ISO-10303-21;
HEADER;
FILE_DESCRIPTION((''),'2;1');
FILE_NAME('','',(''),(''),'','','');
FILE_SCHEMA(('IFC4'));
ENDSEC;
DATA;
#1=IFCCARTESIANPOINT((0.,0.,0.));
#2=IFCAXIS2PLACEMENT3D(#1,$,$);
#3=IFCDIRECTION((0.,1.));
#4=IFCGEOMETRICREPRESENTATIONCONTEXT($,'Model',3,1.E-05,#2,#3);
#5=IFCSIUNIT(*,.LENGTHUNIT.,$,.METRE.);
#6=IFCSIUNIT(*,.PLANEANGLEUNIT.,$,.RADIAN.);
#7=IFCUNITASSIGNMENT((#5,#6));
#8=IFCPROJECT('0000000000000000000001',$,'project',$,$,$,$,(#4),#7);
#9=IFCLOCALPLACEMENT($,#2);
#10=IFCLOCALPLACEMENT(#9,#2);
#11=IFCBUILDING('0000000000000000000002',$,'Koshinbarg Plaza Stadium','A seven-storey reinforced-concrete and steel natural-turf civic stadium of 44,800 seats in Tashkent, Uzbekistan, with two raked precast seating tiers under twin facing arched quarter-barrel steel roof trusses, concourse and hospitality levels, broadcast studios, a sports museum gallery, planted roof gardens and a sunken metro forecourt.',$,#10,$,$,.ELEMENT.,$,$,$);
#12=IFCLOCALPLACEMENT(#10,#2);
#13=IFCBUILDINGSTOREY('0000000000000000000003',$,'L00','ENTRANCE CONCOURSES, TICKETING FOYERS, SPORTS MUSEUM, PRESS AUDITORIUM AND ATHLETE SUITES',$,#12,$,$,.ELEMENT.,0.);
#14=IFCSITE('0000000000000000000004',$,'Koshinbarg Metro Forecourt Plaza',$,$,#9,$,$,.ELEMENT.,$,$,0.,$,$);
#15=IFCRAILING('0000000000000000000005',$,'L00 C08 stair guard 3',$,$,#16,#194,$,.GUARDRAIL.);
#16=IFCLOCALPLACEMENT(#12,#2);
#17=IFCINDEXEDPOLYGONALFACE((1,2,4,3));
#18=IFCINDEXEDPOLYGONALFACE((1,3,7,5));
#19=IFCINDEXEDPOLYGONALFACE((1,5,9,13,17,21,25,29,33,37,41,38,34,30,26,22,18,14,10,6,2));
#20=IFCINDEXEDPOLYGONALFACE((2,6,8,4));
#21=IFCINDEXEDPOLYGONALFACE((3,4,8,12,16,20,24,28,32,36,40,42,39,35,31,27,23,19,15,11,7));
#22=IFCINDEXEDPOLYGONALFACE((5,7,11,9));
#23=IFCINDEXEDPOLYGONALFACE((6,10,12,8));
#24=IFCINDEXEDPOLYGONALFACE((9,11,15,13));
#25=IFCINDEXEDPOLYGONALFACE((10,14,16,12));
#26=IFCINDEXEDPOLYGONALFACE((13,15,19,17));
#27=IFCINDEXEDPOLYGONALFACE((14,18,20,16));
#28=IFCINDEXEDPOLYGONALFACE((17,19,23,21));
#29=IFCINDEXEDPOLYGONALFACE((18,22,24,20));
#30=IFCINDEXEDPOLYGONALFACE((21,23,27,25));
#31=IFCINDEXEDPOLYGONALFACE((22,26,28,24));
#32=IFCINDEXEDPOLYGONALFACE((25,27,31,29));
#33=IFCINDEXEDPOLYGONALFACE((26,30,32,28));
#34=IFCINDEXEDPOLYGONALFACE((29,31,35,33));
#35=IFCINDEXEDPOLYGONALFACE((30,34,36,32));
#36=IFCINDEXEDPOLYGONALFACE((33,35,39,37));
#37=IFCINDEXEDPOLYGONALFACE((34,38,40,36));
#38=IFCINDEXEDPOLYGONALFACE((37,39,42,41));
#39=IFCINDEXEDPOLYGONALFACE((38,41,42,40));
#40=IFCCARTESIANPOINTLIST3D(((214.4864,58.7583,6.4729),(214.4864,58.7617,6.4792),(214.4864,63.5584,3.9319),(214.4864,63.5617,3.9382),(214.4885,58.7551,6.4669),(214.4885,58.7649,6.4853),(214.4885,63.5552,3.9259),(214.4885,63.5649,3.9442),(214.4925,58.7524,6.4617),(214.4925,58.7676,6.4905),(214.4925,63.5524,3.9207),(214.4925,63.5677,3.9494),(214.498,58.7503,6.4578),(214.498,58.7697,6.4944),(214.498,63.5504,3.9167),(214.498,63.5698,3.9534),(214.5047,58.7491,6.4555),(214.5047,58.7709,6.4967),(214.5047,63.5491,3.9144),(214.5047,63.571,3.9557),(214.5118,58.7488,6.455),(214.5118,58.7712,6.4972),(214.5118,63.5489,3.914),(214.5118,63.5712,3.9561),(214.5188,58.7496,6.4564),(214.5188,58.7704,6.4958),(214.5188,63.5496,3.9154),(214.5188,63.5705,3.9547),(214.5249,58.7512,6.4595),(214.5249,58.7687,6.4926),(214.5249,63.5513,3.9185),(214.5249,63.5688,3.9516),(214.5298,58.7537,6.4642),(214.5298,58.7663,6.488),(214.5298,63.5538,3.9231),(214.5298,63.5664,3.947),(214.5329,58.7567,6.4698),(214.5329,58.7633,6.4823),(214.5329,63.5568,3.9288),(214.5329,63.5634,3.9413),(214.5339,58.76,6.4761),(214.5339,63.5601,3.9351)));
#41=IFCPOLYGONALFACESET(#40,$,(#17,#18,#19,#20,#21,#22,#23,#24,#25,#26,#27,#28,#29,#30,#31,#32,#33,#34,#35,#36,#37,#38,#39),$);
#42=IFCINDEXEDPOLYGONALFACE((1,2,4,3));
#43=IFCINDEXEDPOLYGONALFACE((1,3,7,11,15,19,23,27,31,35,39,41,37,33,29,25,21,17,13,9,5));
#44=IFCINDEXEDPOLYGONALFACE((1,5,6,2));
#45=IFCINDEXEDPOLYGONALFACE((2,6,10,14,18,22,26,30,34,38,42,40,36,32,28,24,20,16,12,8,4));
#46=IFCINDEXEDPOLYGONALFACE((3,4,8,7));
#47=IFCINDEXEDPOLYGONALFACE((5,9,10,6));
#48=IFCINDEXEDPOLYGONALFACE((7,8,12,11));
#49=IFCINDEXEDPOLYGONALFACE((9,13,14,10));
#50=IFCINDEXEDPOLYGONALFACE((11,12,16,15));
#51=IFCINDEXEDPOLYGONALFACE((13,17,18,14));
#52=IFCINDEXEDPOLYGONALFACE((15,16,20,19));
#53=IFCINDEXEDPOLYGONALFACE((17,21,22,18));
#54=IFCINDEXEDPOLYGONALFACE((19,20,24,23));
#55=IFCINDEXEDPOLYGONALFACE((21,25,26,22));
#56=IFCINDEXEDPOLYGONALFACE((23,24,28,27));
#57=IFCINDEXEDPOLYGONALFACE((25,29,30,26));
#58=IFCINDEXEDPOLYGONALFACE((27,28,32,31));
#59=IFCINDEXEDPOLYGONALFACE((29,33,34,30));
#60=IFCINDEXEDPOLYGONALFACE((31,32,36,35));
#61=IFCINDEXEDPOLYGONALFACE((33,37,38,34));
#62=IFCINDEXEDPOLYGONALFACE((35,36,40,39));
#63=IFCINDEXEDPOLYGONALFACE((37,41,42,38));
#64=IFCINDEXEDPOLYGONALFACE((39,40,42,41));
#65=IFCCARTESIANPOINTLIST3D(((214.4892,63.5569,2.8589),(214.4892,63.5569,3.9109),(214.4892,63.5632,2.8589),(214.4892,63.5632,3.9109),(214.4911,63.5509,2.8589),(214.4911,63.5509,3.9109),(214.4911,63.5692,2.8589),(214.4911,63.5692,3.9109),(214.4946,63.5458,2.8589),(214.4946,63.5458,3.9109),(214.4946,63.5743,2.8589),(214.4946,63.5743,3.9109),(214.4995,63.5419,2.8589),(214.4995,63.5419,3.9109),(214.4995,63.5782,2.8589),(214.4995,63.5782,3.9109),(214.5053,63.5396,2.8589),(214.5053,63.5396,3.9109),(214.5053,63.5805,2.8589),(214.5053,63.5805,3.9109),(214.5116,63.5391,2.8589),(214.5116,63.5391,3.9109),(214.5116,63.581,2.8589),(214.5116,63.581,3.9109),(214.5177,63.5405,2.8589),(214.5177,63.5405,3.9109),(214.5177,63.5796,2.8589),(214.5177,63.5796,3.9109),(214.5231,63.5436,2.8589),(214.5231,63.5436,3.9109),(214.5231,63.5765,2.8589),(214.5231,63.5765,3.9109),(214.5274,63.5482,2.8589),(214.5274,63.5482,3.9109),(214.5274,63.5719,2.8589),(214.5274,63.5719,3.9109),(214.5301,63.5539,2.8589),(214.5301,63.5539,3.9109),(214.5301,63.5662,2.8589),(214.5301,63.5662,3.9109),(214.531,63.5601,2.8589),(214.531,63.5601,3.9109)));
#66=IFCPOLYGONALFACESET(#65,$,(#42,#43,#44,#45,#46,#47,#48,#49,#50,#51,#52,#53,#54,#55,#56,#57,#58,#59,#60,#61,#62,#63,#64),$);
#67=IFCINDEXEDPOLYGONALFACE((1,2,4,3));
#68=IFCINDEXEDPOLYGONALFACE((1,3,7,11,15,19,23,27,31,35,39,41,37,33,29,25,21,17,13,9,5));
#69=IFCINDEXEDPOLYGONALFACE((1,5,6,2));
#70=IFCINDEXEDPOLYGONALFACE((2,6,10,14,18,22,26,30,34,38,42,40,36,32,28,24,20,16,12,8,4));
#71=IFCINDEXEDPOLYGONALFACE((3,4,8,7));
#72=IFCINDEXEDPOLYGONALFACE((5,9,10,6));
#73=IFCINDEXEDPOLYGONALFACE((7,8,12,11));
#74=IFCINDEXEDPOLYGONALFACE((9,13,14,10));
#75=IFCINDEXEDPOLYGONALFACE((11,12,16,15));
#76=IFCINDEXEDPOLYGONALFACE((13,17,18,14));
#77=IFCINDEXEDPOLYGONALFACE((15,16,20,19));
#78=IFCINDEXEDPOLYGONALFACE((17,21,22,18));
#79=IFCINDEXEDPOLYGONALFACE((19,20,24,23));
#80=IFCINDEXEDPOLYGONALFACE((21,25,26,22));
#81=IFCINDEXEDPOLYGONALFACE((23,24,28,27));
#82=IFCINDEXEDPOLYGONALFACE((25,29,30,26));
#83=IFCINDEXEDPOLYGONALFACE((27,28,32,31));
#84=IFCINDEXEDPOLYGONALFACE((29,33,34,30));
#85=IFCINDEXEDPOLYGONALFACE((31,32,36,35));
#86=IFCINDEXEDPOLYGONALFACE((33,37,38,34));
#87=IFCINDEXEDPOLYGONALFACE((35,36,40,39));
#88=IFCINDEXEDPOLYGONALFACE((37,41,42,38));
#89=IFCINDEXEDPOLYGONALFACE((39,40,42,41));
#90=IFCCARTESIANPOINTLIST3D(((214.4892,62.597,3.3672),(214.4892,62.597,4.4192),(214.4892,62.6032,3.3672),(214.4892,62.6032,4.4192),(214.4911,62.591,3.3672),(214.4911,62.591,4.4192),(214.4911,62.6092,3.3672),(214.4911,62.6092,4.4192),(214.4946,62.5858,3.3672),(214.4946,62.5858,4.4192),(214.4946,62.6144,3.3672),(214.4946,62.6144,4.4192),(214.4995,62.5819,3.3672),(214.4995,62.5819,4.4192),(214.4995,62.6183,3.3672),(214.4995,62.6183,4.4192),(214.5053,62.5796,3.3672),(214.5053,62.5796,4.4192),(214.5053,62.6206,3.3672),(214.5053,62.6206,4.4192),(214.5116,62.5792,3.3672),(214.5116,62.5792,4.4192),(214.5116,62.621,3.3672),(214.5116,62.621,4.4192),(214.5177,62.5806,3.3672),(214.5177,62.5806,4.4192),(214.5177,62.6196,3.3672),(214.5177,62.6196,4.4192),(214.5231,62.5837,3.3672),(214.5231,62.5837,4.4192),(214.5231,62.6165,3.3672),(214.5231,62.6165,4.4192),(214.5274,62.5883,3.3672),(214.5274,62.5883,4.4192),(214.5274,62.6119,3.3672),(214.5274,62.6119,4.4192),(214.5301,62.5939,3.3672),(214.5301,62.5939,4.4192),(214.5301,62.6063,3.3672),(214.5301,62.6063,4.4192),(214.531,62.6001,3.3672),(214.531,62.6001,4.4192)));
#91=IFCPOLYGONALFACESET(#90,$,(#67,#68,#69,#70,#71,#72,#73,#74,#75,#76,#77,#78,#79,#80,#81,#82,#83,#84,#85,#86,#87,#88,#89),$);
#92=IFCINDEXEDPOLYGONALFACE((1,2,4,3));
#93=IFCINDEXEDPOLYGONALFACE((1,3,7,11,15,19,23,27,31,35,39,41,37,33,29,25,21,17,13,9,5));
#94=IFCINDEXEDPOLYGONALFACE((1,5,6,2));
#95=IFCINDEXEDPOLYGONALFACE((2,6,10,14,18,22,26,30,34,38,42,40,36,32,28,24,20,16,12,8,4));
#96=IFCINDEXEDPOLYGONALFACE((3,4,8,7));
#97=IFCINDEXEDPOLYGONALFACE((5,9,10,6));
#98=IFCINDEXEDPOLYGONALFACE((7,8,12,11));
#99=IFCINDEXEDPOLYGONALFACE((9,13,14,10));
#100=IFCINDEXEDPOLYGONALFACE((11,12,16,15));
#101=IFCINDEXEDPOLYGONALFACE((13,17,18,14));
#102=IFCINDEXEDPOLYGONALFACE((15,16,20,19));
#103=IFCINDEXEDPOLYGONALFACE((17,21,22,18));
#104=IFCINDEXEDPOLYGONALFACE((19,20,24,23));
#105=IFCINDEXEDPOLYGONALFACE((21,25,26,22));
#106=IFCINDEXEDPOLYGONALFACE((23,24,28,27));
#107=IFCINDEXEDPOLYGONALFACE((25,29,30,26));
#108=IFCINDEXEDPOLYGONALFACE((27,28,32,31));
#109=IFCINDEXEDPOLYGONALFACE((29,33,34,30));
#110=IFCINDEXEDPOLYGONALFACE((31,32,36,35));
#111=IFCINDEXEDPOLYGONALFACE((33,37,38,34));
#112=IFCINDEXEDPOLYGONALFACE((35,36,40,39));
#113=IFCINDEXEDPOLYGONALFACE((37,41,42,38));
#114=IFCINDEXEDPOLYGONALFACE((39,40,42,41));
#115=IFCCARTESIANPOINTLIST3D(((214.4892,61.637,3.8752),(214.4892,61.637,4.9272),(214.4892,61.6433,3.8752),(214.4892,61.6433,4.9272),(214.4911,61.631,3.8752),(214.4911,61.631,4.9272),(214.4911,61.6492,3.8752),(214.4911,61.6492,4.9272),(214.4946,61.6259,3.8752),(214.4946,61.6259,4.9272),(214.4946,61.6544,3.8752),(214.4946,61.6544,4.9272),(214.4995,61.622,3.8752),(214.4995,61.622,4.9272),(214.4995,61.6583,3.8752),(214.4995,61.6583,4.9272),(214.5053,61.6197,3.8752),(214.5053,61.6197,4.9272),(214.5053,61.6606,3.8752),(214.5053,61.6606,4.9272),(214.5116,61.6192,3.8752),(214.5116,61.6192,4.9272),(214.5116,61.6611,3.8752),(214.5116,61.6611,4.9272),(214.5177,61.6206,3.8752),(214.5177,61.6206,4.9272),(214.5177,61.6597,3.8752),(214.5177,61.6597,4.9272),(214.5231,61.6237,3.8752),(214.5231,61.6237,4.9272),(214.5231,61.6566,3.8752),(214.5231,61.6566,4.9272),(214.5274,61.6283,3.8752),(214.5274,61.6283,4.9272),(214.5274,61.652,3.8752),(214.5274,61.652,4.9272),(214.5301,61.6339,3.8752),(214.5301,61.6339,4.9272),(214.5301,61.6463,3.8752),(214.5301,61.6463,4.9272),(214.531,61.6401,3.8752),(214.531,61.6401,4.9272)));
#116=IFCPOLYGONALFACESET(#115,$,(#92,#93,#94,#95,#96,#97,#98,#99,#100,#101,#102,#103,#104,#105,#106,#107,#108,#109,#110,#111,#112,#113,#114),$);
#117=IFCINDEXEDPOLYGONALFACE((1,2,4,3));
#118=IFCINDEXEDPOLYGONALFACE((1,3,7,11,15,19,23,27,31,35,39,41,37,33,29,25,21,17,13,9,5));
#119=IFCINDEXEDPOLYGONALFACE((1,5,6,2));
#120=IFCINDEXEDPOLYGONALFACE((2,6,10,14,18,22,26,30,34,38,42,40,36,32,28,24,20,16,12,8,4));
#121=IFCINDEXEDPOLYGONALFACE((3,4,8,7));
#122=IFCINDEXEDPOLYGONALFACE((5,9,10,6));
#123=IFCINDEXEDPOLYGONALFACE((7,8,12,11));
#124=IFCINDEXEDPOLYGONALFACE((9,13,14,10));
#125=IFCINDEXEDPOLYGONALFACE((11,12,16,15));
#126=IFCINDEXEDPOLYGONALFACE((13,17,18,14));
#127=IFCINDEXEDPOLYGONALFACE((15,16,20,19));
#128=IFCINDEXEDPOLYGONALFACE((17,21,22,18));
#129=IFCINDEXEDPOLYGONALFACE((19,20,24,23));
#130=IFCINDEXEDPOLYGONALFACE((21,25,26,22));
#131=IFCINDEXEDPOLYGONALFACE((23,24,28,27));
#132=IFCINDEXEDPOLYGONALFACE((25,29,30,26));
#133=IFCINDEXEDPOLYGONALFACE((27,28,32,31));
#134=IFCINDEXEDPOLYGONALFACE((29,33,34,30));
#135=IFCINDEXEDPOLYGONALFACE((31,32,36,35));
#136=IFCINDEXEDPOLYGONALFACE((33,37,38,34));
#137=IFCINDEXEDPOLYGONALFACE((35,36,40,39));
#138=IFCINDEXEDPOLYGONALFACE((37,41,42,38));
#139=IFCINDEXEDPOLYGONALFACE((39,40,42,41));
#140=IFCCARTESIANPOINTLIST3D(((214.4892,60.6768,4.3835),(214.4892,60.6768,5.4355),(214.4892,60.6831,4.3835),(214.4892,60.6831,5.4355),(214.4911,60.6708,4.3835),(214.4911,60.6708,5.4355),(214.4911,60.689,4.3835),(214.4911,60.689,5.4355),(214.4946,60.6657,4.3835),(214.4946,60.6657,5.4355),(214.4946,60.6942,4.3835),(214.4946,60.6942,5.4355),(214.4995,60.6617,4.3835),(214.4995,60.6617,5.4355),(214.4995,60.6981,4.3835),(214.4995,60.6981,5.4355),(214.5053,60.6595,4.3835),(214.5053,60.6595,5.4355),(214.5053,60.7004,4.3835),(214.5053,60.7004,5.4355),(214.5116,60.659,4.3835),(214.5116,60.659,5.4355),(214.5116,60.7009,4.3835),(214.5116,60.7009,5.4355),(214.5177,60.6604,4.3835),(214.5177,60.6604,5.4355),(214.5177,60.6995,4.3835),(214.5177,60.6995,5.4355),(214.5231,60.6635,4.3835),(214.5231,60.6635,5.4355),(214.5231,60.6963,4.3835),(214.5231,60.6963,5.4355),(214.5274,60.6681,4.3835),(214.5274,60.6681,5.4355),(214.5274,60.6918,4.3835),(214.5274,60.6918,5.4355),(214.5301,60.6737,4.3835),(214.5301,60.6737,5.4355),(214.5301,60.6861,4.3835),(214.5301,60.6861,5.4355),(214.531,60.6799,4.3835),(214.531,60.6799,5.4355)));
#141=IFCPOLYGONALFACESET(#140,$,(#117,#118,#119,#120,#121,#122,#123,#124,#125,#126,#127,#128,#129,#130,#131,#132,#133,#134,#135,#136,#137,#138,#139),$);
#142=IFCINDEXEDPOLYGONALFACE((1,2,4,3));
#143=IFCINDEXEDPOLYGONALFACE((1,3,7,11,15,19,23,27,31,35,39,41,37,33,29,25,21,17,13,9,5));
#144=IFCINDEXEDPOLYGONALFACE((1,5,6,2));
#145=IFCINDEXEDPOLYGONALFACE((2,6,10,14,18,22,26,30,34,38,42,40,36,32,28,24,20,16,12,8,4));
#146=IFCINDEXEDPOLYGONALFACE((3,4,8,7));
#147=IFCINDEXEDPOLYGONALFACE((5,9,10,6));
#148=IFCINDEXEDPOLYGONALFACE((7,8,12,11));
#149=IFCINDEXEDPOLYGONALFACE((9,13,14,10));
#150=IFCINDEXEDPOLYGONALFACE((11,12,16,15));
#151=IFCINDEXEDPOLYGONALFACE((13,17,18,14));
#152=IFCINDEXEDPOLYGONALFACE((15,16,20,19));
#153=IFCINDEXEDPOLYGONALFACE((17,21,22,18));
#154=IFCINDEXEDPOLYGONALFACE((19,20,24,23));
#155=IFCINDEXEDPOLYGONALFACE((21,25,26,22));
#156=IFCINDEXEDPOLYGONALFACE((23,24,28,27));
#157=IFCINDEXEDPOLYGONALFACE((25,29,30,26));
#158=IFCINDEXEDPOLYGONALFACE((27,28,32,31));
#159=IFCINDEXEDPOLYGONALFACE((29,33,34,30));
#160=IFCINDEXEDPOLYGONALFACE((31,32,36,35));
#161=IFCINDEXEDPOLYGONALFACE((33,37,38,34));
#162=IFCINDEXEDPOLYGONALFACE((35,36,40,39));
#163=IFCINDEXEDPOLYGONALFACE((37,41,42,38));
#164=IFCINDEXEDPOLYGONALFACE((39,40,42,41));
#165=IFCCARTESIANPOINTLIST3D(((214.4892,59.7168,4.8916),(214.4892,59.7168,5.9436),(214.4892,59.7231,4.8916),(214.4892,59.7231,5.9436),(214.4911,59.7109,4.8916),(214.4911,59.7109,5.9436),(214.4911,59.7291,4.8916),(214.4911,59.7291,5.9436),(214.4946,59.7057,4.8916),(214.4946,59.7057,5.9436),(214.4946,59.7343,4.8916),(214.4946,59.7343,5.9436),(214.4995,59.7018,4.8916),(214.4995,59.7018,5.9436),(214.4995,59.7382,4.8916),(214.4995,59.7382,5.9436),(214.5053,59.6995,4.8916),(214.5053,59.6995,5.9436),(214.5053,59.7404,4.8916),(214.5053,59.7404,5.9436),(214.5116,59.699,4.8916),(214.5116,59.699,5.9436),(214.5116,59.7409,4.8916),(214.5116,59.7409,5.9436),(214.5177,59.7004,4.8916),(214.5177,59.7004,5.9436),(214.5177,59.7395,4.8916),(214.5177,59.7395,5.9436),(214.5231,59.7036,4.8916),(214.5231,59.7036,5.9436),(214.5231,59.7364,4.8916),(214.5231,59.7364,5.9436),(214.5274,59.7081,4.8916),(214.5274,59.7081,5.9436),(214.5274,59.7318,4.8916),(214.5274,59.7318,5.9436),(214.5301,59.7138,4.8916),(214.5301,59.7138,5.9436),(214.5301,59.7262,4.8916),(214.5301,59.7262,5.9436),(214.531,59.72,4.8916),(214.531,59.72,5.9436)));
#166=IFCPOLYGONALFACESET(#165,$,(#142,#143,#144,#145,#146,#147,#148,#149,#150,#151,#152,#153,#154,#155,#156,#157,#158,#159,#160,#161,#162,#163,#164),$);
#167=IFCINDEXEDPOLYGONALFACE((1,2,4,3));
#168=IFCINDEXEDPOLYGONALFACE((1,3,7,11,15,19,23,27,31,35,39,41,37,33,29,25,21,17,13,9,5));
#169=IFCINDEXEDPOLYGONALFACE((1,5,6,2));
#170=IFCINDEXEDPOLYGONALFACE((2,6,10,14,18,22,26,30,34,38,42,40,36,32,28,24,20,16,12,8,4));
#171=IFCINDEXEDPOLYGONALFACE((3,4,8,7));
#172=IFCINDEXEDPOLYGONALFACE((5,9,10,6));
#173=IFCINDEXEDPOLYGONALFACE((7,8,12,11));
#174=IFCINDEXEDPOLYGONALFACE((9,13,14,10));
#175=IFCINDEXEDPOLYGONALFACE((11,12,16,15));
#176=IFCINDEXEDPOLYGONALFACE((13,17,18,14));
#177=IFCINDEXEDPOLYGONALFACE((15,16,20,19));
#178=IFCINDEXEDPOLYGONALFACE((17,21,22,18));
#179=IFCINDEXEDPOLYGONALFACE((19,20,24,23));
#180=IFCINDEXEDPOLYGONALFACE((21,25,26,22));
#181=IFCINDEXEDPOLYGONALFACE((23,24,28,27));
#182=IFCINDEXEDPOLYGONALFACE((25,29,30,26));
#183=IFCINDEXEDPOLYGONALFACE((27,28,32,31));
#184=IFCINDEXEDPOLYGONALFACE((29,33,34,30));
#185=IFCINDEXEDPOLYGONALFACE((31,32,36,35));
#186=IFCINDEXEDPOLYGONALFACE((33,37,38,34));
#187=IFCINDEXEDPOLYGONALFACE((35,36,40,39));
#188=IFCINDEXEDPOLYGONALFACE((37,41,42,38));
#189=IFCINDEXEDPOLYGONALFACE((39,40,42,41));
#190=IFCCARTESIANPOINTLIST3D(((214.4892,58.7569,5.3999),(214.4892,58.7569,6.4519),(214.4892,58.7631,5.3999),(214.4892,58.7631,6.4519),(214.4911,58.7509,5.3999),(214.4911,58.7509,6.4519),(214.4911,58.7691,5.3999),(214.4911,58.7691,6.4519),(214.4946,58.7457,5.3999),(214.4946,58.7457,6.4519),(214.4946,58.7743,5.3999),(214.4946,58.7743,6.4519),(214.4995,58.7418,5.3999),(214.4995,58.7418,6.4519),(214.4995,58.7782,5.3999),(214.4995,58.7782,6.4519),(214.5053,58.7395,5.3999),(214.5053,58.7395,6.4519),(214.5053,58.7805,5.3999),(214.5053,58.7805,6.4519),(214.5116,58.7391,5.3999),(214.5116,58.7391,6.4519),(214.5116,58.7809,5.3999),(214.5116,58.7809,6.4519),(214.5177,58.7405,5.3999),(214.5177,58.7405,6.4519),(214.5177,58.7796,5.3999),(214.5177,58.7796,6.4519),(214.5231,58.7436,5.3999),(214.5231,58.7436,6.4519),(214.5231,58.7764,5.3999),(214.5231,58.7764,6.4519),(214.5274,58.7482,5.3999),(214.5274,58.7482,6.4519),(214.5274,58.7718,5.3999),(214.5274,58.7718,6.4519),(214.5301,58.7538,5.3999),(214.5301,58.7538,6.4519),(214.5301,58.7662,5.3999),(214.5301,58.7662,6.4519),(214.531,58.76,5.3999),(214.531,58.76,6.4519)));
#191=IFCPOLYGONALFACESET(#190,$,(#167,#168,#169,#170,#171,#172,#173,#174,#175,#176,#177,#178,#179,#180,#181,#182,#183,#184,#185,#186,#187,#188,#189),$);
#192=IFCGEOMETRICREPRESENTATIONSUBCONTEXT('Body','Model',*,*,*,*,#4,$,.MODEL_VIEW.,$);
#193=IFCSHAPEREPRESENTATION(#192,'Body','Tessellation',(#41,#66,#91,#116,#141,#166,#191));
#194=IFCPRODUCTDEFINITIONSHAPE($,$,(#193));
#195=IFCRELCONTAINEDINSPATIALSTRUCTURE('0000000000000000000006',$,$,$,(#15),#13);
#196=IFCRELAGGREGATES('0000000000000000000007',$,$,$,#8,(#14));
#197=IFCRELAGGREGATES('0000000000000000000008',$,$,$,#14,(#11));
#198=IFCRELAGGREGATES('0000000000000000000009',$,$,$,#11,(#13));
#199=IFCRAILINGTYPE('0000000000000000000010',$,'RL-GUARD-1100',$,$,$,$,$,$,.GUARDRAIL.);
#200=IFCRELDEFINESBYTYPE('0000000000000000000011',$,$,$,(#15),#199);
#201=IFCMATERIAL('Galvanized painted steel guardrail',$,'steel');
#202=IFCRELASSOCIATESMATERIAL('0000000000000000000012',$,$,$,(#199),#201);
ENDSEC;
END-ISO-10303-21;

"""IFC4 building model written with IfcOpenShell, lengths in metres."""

from ifc_helpers import new_model, si_unit, direction, frame, origin, origin_2d, place, context, subcontext, project, spatial, circle, extrude, material, type_object, element, save


model = new_model("IFC4")

# Units and contexts
model_context = context("Model", 3, precision=1e-05, world=origin(), true_north=direction((0.0, 1.0)))
body_context = subcontext(model_context, "Body", "Model", "MODEL_VIEW")
ifc_project = project(units=[si_unit("LENGTHUNIT", "METRE"), si_unit("PLANEANGLEUNIT", "RADIAN")], contexts=[model_context])

# Site, building, storey
site_placement = place(None, origin())
site = spatial("IfcSite", under=ifc_project, at=site_placement, Name="Koshinbarg Metro Forecourt Plaza", CompositionType="ELEMENT", RefElevation=0.0)
building_placement = place(site_placement, origin())
building = spatial("IfcBuilding", under=site, at=building_placement, Name="Koshinbarg Plaza Stadium", Description="A seven-storey reinforced-concrete and steel natural-turf civic stadium of 44,800 seats in Tashkent, Uzbekistan, with two raked precast seating tiers under twin facing arched quarter-barrel steel roof trusses, concourse and hospitality levels, broadcast studios, a sports museum gallery, planted roof gardens and a sunken metro forecourt.", CompositionType="ELEMENT")
storey_placement = place(building_placement, origin())
storey = spatial("IfcBuildingStorey", under=building, at=storey_placement, Name="L00", Description="ENTRANCE CONCOURSES, TICKETING FOYERS, SPORTS MUSEUM, PRESS AUDITORIUM AND ATHLETE SUITES", CompositionType="ELEMENT", Elevation=0.0)

# Railing
ifc_material_1 = material(Name="Galvanized painted steel guardrail", Category="steel")
railing_type_1 = type_object("IfcRailingType", Name="RL-GUARD-1100", PredefinedType="GUARDRAIL", material=ifc_material_1)
railing_1_placement = place(storey_placement, frame((214.51, 63.5601, 2.8589)))
element("IfcRailing", 1, at=railing_1_placement, inside=storey, type_object=railing_type_1, Name="L00 C08 stair guard 3", PredefinedType="GUARDRAIL", context=body_context, shape_type="SweptSolid", body=[
    extrude(circle(Radius=0.0239, at=origin_2d()), frame((0.0, 0.0, 1.0762), z_axis=(0.0, -0.883802, 0.467861), x_axis=(1.0, 0.0, 0.0)), (0.0, 0.0, 1.0), 5.4312),
    extrude(circle(Radius=0.021, at=origin_2d()), origin(), (0.0, 0.0, 1.0), 1.052),
    extrude(circle(Radius=0.021, at=origin_2d()), frame((0.0, -0.96, 0.5083)), (0.0, 0.0, 1.0), 1.052),
    extrude(circle(Radius=0.021, at=origin_2d()), frame((0.0, -1.9199, 1.0164)), (0.0, 0.0, 1.0), 1.052),
    extrude(circle(Radius=0.021, at=origin_2d()), frame((0.0, -2.8801, 1.5247)), (0.0, 0.0, 1.0), 1.052),
    extrude(circle(Radius=0.021, at=origin_2d()), frame((0.0, -3.8401, 2.0327)), (0.0, 0.0, 1.0), 1.052),
    extrude(circle(Radius=0.021, at=origin_2d()), frame((0.0, -4.8, 2.541)), (0.0, 0.0, 1.0), 1.052),
])

save(model, "model.ifc")
